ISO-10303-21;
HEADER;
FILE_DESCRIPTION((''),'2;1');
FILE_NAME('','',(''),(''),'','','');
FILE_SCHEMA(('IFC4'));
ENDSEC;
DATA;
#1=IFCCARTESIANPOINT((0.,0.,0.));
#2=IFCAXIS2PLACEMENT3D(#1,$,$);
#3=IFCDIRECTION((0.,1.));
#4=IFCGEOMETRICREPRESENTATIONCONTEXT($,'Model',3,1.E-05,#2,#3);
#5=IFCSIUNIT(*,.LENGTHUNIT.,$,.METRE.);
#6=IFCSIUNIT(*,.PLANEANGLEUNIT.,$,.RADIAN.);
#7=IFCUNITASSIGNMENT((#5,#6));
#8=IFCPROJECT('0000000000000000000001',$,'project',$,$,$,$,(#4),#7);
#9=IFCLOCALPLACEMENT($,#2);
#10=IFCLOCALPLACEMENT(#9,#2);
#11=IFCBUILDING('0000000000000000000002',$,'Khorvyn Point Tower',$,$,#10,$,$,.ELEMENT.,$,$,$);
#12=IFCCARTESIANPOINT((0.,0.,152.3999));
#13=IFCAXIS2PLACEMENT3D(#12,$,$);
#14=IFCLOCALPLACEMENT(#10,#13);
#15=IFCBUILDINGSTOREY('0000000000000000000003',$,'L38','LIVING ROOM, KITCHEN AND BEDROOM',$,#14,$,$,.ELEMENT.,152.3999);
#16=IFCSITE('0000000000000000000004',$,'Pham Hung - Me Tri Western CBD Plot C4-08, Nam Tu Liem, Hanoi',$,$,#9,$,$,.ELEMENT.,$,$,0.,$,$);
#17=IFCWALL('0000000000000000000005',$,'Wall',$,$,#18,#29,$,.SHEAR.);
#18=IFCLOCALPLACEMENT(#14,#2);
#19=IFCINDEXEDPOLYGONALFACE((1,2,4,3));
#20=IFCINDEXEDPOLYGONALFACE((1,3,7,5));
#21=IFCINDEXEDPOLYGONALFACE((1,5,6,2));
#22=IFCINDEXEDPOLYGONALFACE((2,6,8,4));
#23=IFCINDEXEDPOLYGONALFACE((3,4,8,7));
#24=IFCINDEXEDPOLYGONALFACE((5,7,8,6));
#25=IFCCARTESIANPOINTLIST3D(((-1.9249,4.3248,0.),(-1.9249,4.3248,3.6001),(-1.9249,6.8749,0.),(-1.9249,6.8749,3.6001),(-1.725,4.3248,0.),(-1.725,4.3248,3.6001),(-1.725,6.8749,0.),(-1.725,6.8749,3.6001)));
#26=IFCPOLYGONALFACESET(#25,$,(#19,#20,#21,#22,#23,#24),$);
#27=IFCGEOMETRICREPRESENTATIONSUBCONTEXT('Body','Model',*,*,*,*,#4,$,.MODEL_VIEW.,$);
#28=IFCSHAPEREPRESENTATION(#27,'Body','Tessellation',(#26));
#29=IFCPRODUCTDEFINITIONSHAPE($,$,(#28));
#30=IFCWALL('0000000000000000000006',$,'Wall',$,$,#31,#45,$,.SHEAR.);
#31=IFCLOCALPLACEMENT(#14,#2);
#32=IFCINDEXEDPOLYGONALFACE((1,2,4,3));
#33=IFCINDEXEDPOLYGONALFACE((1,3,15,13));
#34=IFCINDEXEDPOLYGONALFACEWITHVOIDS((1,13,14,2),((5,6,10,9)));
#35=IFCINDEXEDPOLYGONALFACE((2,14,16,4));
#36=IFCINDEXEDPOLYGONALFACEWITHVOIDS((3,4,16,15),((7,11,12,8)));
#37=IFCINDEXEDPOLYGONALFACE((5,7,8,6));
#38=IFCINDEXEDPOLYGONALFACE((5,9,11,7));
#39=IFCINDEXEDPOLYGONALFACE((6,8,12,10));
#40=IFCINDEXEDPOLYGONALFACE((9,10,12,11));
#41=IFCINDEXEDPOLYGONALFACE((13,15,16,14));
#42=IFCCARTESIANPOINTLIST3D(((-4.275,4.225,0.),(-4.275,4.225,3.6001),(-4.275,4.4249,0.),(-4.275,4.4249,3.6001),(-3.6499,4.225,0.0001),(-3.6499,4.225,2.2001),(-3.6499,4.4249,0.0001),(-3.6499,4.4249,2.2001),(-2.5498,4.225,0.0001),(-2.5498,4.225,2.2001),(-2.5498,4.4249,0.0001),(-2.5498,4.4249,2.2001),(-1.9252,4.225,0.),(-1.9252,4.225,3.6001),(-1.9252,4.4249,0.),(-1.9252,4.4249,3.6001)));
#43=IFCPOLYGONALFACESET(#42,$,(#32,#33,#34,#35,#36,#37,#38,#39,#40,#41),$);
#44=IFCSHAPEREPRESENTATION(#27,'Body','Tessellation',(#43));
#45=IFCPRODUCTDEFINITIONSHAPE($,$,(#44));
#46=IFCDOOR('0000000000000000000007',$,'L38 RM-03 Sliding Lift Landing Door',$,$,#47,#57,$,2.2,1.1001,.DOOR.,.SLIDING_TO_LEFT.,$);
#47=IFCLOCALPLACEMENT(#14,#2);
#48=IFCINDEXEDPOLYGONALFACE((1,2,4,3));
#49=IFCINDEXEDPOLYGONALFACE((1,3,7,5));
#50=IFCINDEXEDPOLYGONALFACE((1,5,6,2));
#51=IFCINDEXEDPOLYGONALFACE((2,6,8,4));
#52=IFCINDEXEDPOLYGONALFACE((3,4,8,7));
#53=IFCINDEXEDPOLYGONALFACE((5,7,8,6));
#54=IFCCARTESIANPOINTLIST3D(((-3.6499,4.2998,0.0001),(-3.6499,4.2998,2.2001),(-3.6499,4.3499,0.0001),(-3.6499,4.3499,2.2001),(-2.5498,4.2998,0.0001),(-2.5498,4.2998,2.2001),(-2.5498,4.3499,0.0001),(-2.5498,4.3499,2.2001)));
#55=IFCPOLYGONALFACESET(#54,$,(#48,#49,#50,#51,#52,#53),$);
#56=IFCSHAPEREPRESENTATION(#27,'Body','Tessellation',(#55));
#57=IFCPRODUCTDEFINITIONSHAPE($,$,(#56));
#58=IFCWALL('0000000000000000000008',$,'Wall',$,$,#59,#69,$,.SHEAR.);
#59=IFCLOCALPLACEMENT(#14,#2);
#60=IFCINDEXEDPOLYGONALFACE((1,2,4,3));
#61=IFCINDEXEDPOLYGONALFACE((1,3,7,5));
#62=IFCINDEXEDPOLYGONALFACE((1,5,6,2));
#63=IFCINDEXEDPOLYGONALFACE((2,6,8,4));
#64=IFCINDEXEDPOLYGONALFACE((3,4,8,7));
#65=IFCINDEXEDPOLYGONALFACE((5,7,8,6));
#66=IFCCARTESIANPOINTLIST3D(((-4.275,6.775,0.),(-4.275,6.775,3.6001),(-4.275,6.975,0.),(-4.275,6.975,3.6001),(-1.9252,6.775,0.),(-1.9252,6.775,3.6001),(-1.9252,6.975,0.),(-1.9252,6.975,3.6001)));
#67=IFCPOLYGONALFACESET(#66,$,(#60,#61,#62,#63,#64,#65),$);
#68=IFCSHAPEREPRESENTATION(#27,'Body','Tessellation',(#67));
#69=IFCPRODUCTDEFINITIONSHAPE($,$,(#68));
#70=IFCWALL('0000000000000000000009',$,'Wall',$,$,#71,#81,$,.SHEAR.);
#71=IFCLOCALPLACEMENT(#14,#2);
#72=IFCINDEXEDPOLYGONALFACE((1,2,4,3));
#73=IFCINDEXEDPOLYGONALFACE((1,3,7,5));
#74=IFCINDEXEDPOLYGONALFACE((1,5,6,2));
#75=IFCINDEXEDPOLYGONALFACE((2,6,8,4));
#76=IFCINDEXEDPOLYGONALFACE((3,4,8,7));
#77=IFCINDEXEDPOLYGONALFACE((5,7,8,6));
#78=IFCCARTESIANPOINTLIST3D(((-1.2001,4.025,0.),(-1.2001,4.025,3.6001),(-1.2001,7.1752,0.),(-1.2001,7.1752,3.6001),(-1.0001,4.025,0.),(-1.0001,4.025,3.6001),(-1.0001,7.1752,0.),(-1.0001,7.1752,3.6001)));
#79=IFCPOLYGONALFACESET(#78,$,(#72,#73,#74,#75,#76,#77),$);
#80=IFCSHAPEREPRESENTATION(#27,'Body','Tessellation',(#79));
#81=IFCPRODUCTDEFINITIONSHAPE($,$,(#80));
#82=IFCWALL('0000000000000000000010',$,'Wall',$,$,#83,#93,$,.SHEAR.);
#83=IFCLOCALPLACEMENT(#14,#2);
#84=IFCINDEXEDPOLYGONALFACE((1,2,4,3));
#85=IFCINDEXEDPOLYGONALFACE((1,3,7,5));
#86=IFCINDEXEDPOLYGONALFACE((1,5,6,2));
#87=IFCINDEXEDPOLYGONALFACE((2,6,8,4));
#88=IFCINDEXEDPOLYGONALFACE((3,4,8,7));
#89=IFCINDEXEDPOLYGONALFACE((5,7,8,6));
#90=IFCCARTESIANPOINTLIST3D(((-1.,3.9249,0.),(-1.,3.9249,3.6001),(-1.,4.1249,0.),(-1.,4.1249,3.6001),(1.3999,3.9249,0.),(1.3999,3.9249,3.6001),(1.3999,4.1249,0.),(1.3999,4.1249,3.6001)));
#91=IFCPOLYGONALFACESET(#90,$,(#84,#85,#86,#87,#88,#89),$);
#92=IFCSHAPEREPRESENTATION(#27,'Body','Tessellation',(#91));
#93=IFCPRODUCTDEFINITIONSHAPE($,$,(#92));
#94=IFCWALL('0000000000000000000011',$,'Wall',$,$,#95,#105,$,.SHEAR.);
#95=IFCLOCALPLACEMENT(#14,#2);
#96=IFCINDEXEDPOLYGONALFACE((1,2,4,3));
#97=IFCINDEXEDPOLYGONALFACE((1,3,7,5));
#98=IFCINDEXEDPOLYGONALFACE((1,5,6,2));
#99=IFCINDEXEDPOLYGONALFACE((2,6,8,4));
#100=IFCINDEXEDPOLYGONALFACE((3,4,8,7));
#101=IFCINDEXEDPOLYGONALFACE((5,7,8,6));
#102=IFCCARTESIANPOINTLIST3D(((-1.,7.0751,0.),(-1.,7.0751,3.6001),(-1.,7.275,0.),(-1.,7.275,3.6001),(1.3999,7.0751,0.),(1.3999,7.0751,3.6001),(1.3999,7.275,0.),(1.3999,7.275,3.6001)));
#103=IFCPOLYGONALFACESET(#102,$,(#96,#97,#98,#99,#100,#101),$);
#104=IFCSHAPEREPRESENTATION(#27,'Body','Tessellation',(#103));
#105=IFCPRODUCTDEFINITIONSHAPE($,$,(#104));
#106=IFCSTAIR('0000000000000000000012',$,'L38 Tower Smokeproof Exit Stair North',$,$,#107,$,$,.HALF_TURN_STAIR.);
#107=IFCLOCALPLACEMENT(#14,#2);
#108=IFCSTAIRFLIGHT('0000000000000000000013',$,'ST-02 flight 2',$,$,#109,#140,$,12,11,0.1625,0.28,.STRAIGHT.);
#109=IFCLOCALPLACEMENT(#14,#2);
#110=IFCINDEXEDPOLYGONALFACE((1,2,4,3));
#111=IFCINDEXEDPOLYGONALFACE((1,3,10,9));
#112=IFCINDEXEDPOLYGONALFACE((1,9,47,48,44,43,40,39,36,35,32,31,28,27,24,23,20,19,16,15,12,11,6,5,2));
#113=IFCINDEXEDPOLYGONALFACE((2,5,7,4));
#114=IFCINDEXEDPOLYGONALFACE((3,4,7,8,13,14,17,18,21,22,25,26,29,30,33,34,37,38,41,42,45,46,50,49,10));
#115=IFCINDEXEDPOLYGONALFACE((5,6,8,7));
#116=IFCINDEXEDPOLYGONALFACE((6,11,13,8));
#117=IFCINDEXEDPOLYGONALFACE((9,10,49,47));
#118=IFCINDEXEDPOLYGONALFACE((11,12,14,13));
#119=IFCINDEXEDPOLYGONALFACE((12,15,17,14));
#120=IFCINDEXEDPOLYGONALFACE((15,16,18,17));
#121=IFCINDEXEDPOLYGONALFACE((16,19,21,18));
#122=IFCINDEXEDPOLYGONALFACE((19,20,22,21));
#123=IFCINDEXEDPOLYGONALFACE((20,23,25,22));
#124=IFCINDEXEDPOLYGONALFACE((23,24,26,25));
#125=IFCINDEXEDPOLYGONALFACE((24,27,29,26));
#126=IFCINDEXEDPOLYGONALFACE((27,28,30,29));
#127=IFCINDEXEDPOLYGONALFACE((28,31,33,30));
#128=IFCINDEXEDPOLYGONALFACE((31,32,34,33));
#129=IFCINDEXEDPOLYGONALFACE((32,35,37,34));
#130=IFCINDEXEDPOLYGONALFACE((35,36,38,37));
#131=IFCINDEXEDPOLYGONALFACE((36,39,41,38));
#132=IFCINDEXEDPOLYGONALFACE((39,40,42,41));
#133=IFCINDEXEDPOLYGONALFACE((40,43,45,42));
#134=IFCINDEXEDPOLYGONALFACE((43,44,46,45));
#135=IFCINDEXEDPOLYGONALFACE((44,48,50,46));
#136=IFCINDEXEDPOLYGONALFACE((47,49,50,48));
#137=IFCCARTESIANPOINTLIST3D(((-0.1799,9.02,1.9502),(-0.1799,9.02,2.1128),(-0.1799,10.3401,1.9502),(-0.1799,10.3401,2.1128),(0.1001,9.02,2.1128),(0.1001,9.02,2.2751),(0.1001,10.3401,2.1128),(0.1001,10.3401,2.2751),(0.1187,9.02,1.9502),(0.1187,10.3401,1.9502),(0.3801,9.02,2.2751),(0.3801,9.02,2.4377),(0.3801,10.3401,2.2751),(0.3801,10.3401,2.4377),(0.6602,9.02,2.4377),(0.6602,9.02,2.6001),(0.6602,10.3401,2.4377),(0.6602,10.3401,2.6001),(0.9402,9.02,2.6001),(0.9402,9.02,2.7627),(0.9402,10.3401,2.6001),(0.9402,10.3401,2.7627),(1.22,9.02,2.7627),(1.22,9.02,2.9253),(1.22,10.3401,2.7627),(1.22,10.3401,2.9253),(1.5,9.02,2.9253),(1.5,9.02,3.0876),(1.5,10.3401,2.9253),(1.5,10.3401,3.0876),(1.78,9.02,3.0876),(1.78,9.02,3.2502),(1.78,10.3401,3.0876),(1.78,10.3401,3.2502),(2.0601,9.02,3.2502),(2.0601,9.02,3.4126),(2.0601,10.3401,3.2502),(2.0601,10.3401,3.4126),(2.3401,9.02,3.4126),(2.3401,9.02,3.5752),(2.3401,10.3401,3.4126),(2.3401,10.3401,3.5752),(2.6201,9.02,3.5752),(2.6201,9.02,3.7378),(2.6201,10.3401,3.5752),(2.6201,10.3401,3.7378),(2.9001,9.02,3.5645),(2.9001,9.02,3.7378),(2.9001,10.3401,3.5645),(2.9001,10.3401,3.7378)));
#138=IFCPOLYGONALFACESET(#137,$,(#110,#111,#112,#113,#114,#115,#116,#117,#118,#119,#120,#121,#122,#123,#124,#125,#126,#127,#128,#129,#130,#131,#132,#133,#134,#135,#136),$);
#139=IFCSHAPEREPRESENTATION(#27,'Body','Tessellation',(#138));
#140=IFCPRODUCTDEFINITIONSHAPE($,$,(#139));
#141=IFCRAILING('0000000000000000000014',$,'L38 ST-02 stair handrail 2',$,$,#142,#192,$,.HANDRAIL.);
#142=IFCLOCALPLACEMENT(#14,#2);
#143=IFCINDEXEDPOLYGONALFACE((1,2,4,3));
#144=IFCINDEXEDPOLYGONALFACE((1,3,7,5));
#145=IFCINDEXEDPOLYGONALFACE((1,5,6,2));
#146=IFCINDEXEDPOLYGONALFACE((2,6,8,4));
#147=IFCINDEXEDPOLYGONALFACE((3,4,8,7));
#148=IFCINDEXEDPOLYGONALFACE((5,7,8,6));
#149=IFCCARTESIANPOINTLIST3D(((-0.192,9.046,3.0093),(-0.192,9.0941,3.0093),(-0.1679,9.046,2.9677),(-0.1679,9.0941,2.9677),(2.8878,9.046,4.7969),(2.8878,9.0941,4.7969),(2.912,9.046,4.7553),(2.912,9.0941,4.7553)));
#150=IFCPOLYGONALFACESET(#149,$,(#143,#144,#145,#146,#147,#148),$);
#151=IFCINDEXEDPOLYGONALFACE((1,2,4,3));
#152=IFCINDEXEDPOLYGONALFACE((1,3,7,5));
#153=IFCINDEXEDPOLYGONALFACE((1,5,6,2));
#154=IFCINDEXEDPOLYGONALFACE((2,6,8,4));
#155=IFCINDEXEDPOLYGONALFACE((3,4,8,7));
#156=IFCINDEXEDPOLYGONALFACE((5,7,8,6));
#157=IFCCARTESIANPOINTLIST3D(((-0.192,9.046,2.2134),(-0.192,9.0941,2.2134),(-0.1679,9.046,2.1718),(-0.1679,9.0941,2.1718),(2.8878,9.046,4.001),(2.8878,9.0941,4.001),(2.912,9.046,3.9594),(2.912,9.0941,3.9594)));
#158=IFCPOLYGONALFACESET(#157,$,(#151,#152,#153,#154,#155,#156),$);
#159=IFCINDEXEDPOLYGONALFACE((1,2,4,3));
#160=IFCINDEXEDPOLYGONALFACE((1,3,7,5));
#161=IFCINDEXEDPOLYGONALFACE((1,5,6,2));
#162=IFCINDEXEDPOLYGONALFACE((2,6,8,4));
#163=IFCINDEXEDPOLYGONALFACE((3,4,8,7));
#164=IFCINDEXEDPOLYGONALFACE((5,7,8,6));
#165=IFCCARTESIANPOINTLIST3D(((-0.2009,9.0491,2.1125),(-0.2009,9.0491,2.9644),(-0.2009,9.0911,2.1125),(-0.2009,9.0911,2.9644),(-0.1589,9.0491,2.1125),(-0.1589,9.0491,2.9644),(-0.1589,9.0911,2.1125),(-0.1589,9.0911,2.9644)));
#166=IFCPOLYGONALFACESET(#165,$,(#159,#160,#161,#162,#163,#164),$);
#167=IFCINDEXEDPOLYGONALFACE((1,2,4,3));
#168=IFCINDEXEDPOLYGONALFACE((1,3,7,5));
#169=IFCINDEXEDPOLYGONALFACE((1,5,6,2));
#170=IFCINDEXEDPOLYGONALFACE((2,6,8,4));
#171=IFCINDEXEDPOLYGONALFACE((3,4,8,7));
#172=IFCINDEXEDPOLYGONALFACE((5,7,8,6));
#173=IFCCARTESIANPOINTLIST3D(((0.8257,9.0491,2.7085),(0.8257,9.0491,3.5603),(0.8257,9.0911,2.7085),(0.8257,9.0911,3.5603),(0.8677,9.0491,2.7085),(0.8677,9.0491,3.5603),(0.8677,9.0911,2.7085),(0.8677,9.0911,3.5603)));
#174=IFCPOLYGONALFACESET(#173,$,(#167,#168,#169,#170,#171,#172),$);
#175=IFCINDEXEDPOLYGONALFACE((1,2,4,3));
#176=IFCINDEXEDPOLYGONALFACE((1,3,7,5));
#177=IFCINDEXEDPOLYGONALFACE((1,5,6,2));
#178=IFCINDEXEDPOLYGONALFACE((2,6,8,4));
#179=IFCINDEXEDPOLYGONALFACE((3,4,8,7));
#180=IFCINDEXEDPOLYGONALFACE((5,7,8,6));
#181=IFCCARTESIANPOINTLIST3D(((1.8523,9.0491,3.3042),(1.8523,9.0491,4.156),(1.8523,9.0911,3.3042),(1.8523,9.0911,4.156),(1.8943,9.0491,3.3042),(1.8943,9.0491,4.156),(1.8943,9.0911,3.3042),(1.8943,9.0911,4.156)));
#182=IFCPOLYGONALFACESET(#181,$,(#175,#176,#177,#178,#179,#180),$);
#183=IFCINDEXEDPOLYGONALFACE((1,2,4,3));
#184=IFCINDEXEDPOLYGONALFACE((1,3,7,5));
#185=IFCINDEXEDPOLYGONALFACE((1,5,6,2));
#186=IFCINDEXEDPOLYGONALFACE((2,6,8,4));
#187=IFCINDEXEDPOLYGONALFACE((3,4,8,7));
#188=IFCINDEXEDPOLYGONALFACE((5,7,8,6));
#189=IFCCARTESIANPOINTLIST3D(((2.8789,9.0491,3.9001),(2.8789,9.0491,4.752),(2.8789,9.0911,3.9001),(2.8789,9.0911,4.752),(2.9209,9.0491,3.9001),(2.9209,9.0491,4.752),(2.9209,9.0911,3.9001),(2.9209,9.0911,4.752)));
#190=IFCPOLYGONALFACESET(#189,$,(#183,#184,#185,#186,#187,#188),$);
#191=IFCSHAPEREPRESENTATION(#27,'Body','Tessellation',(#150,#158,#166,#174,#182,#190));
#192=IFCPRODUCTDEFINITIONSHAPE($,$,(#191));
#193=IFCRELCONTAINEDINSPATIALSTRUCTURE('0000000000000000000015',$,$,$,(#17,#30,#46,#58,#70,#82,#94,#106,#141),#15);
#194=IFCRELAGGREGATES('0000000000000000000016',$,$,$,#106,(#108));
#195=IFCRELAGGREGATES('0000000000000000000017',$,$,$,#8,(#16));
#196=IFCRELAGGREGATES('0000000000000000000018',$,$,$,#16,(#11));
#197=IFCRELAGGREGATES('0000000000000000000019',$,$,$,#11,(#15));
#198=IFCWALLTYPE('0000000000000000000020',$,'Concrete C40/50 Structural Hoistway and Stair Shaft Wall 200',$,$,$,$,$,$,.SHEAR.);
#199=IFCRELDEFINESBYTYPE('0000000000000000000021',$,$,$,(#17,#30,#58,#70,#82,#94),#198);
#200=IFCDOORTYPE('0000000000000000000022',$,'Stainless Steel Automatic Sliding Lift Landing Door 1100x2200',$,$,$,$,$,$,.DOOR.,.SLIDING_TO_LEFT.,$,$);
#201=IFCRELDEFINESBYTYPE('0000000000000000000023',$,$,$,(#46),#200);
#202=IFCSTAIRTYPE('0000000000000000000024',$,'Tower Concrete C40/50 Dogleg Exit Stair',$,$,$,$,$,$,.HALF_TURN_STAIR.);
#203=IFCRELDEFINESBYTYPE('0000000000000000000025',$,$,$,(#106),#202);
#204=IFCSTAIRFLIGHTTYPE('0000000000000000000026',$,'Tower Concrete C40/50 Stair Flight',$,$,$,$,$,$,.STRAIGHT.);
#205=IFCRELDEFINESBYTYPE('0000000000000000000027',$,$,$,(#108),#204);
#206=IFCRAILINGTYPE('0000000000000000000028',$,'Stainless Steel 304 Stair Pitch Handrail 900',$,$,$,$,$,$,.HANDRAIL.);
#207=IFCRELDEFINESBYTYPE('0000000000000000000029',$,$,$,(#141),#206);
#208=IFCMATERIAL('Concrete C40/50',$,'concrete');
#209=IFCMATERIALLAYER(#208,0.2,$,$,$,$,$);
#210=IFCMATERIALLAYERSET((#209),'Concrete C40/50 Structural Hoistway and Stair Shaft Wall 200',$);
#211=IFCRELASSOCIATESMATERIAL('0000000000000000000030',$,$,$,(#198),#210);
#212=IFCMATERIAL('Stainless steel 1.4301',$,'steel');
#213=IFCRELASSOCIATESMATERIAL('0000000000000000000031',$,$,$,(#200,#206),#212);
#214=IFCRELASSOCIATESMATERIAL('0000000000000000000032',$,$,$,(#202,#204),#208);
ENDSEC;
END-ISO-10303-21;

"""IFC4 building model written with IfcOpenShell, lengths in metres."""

from ifc_helpers import new_model, si_unit, direction, frame, frame_2d, origin, origin_2d, place, context, subcontext, project, spatial, polyline, rectangle, outline, extrude, material, layer, layer_set, type_object, element, fill, aggregate, save


model = new_model("IFC4")

# Units and contexts
model_context = context("Model", 3, precision=1e-05, world=origin(), true_north=direction((0.0, 1.0)))
body_context = subcontext(model_context, "Body", "Model", "MODEL_VIEW")
ifc_project = project(units=[si_unit("LENGTHUNIT", "METRE"), si_unit("PLANEANGLEUNIT", "RADIAN")], contexts=[model_context])

# Site, building, storey
site_placement = place(None, origin())
site = spatial("IfcSite", under=ifc_project, at=site_placement, Name="Pham Hung - Me Tri Western CBD Plot C4-08, Nam Tu Liem, Hanoi", CompositionType="ELEMENT", RefElevation=0.0)
building_placement = place(site_placement, origin())
building = spatial("IfcBuilding", under=site, at=building_placement, Name="Khorvyn Point Tower", CompositionType="ELEMENT")
storey_placement = place(building_placement, frame((0.0, 0.0, 152.3999)))
storey = spatial("IfcBuildingStorey", under=building, at=storey_placement, Name="L38", Description="LIVING ROOM, KITCHEN AND BEDROOM", CompositionType="ELEMENT", Elevation=152.3999)

# Shared definitions
ifc_material_1 = material(Name="Concrete C40/50", Category="concrete")

# Shared definitions
ifc_layer_1 = layer(ifc_material_1, 0.2)
ifc_layer_set_1 = layer_set([ifc_layer_1], Name="Concrete C40/50 Structural Hoistway and Stair Shaft Wall 200")
wall_type_1 = type_object("IfcWallType", Name="Concrete C40/50 Structural Hoistway and Stair Shaft Wall 200", PredefinedType="SHEAR", material=ifc_layer_set_1)
ifc_material_2 = material(Name="Stainless steel 1.4301", Category="steel")
door_type = type_object("IfcDoorType", Name="Stainless Steel Automatic Sliding Lift Landing Door 1100x2200", OperationType="SLIDING_TO_LEFT", PredefinedType="DOOR", material=ifc_material_2)

# Wall
for number, where, z_axis, x_axis, name in (
    (1, (-1.825, 4.325, 0.0), (0.0, 0.0, 1.0), (0.0, 1.0, 0.0), "Wall"),
):
    element("IfcWall", number, at=place(storey_placement, frame(where, z_axis=z_axis, x_axis=x_axis)), inside=storey, type_object=wall_type_1, Name=name, PredefinedType="SHEAR", context=body_context, shape_type="SweptSolid", body=[
        extrude(rectangle(XDim=2.55, YDim=0.2, at=frame_2d((1.2749, 0.0))), origin(), (0.0, 0.0, 1.0), 3.6001),
    ])

# Wall, opening, door
wall_1_placement = place(storey_placement, frame((-4.2749, 4.325, 0.0), z_axis=(0.0, 0.0, 1.0), x_axis=(1.0, 0.0, 0.0)))
wall_1 = element("IfcWall", 2, at=wall_1_placement, inside=storey, type_object=wall_type_1, Name="Wall", PredefinedType="SHEAR", context=body_context, shape_type="SweptSolid", body=[
    extrude(rectangle(XDim=2.3499, YDim=0.2, at=frame_2d((1.1748, 0.0))), origin(), (0.0, 0.0, 1.0), 3.6001),
])
opening_1_placement = place(wall_1_placement, frame((0.625, 0.0, 0.0)))
opening_1 = element("IfcOpeningElement", 3, at=opening_1_placement, cuts=wall_1, PredefinedType="OPENING", context=body_context, shape_type="SweptSolid", body=[
    extrude(rectangle(XDim=1.1001, YDim=2.2, at=frame_2d((0.55, 1.1001))), frame((0.0, 0.1099, 0.0), z_axis=(0.0, -1.0, 0.0), x_axis=(1.0, 0.0, 0.0)), (0.0, 0.0, 1.0), 0.22),
])
door_1_placement = place(opening_1_placement, origin())
door_1 = element("IfcDoor", 4, at=door_1_placement, inside=storey, type_object=door_type, Name="L38 RM-03 Sliding Lift Landing Door", OperationType="SLIDING_TO_LEFT", OverallHeight=2.2, OverallWidth=1.1001, PredefinedType="DOOR", context=body_context, shape_type="SweptSolid", body=[
    extrude(rectangle(XDim=1.1001, YDim=2.2, at=frame_2d((0.55, 1.1001))), frame((0.0, 0.0249, 0.0), z_axis=(0.0, -1.0, 0.0), x_axis=(1.0, 0.0, 0.0)), (0.0, 0.0, 1.0), 0.05),
])
fill(opening_1, door_1)

# Walls
wall_2_placement = place(storey_placement, frame((-4.2749, 6.875, 0.0), z_axis=(0.0, 0.0, 1.0), x_axis=(1.0, 0.0, 0.0)))
element("IfcWall", 5, at=wall_2_placement, inside=storey, type_object=wall_type_1, Name="Wall", PredefinedType="SHEAR", context=body_context, shape_type="SweptSolid", body=[
    extrude(rectangle(XDim=2.3499, YDim=0.2, at=frame_2d((1.1748, 0.0))), origin(), (0.0, 0.0, 1.0), 3.6001),
])
wall_3_placement = place(storey_placement, frame((-1.1001, 4.0249, 0.0), z_axis=(0.0, 0.0, 1.0), x_axis=(0.0, 1.0, 0.0)))
element("IfcWall", 6, at=wall_3_placement, inside=storey, type_object=wall_type_1, Name="Wall", PredefinedType="SHEAR", context=body_context, shape_type="SweptSolid", body=[
    extrude(rectangle(XDim=3.1501, YDim=0.2, at=frame_2d((1.5752, 0.0))), origin(), (0.0, 0.0, 1.0), 3.6001),
])
for number, where, z_axis, x_axis, name in (
    (7, (-1.0, 4.0249, 0.0), (0.0, 0.0, 1.0), (1.0, 0.0, 0.0), "Wall"),
    (8, (-1.0, 7.175, 0.0), (0.0, 0.0, 1.0), (1.0, 0.0, 0.0), "Wall"),
):
    element("IfcWall", number, at=place(storey_placement, frame(where, z_axis=z_axis, x_axis=x_axis)), inside=storey, type_object=wall_type_1, Name=name, PredefinedType="SHEAR", context=body_context, shape_type="SweptSolid", body=[
        extrude(rectangle(XDim=2.3999, YDim=0.2, at=frame_2d((1.2, 0.0))), origin(), (0.0, 0.0, 1.0), 3.6001),
    ])

# Stair, stair flight
stair_type = type_object("IfcStairType", Name="Tower Concrete C40/50 Dogleg Exit Stair", PredefinedType="HALF_TURN_STAIR", material=ifc_material_1)
stair_placement = place(storey_placement, origin())
stair = element("IfcStair", 9, at=stair_placement, inside=storey, type_object=stair_type, Name="L38 Tower Smokeproof Exit Stair North", PredefinedType="HALF_TURN_STAIR")
stair_flight_type = type_object("IfcStairFlightType", Name="Tower Concrete C40/50 Stair Flight", PredefinedType="STRAIGHT", material=ifc_material_1)
stair_flight_placement = place(storey_placement, frame((-0.1799, 9.6799, 1.9502), z_axis=(0.0, 0.0, 1.0), x_axis=(1.0, 0.0, 0.0)))
stair_flight = element("IfcStairFlight", 10, at=stair_flight_placement, type_object=stair_flight_type, Name="ST-02 flight 2", NumberOfRisers=12, NumberOfTreads=11, PredefinedType="STRAIGHT", RiserHeight=0.1625, TreadLength=0.28, context=body_context, shape_type="SweptSolid", body=[
    extrude(outline(polyline([(0.0, 0.0), (0.0, 0.1626), (0.28, 0.1626), (0.28, 0.325), (0.5601, 0.325), (0.5601, 0.4875), (0.8401, 0.4875), (0.8401, 0.6499), (1.1201, 0.6499), (1.1201, 0.8125), (1.3999, 0.8125), (1.3999, 0.9751), (1.6799, 0.9751), (1.6799, 1.1375), (1.96, 1.1375), (1.96, 1.3), (2.24, 1.3), (2.24, 1.4624), (2.52, 1.4624), (2.52, 1.625), (2.8, 1.625), (2.8, 1.7876), (3.0801, 1.7876), (3.0801, 1.95), (3.0801, 1.6143), (0.2986, 0.0), (0.0, 0.0)])), frame((0.0, 0.6602, 0.0), z_axis=(0.0, -1.0, 0.0), x_axis=(1.0, 0.0, 0.0)), (0.0, 0.0, 1.0), 1.3201),
])
aggregate(stair, [stair_flight])

# Railing
railing_type_1 = type_object("IfcRailingType", Name="Stainless Steel 304 Stair Pitch Handrail 900", PredefinedType="HANDRAIL", material=ifc_material_2)
railing_1_placement = place(storey_placement, frame((-0.1799, 9.0701, 2.1125)))
element("IfcRailing", 11, at=railing_1_placement, inside=storey, type_object=railing_type_1, Name="L38 ST-02 stair handrail 2", PredefinedType="HANDRAIL", context=body_context, shape_type="SweptSolid", body=[
    extrude(rectangle(XDim=0.0481, YDim=0.0481, at=origin_2d()), frame((0.0, 0.0, 0.876), z_axis=(0.864873, 0.0, 0.50199), x_axis=(0.0, 1.0, 0.0)), (0.0, 0.0, 1.0), 3.561),
    extrude(rectangle(XDim=0.0481, YDim=0.0481, at=origin_2d()), frame((0.0, 0.0, 0.0801), z_axis=(0.864873, 0.0, 0.50199), x_axis=(0.0, 1.0, 0.0)), (0.0, 0.0, 1.0), 3.561),
    extrude(rectangle(XDim=0.042, YDim=0.042, at=origin_2d()), origin(), (0.0, 0.0, 1.0), 0.8518),
    extrude(rectangle(XDim=0.042, YDim=0.042, at=origin_2d()), frame((1.0266, 0.0, 0.5959)), (0.0, 0.0, 1.0), 0.8518),
    extrude(rectangle(XDim=0.042, YDim=0.042, at=origin_2d()), frame((2.0532, 0.0, 1.1917)), (0.0, 0.0, 1.0), 0.8518),
    extrude(rectangle(XDim=0.042, YDim=0.042, at=origin_2d()), frame((3.0798, 0.0, 1.7876)), (0.0, 0.0, 1.0), 0.8518),
])

save(model, "model.ifc")
